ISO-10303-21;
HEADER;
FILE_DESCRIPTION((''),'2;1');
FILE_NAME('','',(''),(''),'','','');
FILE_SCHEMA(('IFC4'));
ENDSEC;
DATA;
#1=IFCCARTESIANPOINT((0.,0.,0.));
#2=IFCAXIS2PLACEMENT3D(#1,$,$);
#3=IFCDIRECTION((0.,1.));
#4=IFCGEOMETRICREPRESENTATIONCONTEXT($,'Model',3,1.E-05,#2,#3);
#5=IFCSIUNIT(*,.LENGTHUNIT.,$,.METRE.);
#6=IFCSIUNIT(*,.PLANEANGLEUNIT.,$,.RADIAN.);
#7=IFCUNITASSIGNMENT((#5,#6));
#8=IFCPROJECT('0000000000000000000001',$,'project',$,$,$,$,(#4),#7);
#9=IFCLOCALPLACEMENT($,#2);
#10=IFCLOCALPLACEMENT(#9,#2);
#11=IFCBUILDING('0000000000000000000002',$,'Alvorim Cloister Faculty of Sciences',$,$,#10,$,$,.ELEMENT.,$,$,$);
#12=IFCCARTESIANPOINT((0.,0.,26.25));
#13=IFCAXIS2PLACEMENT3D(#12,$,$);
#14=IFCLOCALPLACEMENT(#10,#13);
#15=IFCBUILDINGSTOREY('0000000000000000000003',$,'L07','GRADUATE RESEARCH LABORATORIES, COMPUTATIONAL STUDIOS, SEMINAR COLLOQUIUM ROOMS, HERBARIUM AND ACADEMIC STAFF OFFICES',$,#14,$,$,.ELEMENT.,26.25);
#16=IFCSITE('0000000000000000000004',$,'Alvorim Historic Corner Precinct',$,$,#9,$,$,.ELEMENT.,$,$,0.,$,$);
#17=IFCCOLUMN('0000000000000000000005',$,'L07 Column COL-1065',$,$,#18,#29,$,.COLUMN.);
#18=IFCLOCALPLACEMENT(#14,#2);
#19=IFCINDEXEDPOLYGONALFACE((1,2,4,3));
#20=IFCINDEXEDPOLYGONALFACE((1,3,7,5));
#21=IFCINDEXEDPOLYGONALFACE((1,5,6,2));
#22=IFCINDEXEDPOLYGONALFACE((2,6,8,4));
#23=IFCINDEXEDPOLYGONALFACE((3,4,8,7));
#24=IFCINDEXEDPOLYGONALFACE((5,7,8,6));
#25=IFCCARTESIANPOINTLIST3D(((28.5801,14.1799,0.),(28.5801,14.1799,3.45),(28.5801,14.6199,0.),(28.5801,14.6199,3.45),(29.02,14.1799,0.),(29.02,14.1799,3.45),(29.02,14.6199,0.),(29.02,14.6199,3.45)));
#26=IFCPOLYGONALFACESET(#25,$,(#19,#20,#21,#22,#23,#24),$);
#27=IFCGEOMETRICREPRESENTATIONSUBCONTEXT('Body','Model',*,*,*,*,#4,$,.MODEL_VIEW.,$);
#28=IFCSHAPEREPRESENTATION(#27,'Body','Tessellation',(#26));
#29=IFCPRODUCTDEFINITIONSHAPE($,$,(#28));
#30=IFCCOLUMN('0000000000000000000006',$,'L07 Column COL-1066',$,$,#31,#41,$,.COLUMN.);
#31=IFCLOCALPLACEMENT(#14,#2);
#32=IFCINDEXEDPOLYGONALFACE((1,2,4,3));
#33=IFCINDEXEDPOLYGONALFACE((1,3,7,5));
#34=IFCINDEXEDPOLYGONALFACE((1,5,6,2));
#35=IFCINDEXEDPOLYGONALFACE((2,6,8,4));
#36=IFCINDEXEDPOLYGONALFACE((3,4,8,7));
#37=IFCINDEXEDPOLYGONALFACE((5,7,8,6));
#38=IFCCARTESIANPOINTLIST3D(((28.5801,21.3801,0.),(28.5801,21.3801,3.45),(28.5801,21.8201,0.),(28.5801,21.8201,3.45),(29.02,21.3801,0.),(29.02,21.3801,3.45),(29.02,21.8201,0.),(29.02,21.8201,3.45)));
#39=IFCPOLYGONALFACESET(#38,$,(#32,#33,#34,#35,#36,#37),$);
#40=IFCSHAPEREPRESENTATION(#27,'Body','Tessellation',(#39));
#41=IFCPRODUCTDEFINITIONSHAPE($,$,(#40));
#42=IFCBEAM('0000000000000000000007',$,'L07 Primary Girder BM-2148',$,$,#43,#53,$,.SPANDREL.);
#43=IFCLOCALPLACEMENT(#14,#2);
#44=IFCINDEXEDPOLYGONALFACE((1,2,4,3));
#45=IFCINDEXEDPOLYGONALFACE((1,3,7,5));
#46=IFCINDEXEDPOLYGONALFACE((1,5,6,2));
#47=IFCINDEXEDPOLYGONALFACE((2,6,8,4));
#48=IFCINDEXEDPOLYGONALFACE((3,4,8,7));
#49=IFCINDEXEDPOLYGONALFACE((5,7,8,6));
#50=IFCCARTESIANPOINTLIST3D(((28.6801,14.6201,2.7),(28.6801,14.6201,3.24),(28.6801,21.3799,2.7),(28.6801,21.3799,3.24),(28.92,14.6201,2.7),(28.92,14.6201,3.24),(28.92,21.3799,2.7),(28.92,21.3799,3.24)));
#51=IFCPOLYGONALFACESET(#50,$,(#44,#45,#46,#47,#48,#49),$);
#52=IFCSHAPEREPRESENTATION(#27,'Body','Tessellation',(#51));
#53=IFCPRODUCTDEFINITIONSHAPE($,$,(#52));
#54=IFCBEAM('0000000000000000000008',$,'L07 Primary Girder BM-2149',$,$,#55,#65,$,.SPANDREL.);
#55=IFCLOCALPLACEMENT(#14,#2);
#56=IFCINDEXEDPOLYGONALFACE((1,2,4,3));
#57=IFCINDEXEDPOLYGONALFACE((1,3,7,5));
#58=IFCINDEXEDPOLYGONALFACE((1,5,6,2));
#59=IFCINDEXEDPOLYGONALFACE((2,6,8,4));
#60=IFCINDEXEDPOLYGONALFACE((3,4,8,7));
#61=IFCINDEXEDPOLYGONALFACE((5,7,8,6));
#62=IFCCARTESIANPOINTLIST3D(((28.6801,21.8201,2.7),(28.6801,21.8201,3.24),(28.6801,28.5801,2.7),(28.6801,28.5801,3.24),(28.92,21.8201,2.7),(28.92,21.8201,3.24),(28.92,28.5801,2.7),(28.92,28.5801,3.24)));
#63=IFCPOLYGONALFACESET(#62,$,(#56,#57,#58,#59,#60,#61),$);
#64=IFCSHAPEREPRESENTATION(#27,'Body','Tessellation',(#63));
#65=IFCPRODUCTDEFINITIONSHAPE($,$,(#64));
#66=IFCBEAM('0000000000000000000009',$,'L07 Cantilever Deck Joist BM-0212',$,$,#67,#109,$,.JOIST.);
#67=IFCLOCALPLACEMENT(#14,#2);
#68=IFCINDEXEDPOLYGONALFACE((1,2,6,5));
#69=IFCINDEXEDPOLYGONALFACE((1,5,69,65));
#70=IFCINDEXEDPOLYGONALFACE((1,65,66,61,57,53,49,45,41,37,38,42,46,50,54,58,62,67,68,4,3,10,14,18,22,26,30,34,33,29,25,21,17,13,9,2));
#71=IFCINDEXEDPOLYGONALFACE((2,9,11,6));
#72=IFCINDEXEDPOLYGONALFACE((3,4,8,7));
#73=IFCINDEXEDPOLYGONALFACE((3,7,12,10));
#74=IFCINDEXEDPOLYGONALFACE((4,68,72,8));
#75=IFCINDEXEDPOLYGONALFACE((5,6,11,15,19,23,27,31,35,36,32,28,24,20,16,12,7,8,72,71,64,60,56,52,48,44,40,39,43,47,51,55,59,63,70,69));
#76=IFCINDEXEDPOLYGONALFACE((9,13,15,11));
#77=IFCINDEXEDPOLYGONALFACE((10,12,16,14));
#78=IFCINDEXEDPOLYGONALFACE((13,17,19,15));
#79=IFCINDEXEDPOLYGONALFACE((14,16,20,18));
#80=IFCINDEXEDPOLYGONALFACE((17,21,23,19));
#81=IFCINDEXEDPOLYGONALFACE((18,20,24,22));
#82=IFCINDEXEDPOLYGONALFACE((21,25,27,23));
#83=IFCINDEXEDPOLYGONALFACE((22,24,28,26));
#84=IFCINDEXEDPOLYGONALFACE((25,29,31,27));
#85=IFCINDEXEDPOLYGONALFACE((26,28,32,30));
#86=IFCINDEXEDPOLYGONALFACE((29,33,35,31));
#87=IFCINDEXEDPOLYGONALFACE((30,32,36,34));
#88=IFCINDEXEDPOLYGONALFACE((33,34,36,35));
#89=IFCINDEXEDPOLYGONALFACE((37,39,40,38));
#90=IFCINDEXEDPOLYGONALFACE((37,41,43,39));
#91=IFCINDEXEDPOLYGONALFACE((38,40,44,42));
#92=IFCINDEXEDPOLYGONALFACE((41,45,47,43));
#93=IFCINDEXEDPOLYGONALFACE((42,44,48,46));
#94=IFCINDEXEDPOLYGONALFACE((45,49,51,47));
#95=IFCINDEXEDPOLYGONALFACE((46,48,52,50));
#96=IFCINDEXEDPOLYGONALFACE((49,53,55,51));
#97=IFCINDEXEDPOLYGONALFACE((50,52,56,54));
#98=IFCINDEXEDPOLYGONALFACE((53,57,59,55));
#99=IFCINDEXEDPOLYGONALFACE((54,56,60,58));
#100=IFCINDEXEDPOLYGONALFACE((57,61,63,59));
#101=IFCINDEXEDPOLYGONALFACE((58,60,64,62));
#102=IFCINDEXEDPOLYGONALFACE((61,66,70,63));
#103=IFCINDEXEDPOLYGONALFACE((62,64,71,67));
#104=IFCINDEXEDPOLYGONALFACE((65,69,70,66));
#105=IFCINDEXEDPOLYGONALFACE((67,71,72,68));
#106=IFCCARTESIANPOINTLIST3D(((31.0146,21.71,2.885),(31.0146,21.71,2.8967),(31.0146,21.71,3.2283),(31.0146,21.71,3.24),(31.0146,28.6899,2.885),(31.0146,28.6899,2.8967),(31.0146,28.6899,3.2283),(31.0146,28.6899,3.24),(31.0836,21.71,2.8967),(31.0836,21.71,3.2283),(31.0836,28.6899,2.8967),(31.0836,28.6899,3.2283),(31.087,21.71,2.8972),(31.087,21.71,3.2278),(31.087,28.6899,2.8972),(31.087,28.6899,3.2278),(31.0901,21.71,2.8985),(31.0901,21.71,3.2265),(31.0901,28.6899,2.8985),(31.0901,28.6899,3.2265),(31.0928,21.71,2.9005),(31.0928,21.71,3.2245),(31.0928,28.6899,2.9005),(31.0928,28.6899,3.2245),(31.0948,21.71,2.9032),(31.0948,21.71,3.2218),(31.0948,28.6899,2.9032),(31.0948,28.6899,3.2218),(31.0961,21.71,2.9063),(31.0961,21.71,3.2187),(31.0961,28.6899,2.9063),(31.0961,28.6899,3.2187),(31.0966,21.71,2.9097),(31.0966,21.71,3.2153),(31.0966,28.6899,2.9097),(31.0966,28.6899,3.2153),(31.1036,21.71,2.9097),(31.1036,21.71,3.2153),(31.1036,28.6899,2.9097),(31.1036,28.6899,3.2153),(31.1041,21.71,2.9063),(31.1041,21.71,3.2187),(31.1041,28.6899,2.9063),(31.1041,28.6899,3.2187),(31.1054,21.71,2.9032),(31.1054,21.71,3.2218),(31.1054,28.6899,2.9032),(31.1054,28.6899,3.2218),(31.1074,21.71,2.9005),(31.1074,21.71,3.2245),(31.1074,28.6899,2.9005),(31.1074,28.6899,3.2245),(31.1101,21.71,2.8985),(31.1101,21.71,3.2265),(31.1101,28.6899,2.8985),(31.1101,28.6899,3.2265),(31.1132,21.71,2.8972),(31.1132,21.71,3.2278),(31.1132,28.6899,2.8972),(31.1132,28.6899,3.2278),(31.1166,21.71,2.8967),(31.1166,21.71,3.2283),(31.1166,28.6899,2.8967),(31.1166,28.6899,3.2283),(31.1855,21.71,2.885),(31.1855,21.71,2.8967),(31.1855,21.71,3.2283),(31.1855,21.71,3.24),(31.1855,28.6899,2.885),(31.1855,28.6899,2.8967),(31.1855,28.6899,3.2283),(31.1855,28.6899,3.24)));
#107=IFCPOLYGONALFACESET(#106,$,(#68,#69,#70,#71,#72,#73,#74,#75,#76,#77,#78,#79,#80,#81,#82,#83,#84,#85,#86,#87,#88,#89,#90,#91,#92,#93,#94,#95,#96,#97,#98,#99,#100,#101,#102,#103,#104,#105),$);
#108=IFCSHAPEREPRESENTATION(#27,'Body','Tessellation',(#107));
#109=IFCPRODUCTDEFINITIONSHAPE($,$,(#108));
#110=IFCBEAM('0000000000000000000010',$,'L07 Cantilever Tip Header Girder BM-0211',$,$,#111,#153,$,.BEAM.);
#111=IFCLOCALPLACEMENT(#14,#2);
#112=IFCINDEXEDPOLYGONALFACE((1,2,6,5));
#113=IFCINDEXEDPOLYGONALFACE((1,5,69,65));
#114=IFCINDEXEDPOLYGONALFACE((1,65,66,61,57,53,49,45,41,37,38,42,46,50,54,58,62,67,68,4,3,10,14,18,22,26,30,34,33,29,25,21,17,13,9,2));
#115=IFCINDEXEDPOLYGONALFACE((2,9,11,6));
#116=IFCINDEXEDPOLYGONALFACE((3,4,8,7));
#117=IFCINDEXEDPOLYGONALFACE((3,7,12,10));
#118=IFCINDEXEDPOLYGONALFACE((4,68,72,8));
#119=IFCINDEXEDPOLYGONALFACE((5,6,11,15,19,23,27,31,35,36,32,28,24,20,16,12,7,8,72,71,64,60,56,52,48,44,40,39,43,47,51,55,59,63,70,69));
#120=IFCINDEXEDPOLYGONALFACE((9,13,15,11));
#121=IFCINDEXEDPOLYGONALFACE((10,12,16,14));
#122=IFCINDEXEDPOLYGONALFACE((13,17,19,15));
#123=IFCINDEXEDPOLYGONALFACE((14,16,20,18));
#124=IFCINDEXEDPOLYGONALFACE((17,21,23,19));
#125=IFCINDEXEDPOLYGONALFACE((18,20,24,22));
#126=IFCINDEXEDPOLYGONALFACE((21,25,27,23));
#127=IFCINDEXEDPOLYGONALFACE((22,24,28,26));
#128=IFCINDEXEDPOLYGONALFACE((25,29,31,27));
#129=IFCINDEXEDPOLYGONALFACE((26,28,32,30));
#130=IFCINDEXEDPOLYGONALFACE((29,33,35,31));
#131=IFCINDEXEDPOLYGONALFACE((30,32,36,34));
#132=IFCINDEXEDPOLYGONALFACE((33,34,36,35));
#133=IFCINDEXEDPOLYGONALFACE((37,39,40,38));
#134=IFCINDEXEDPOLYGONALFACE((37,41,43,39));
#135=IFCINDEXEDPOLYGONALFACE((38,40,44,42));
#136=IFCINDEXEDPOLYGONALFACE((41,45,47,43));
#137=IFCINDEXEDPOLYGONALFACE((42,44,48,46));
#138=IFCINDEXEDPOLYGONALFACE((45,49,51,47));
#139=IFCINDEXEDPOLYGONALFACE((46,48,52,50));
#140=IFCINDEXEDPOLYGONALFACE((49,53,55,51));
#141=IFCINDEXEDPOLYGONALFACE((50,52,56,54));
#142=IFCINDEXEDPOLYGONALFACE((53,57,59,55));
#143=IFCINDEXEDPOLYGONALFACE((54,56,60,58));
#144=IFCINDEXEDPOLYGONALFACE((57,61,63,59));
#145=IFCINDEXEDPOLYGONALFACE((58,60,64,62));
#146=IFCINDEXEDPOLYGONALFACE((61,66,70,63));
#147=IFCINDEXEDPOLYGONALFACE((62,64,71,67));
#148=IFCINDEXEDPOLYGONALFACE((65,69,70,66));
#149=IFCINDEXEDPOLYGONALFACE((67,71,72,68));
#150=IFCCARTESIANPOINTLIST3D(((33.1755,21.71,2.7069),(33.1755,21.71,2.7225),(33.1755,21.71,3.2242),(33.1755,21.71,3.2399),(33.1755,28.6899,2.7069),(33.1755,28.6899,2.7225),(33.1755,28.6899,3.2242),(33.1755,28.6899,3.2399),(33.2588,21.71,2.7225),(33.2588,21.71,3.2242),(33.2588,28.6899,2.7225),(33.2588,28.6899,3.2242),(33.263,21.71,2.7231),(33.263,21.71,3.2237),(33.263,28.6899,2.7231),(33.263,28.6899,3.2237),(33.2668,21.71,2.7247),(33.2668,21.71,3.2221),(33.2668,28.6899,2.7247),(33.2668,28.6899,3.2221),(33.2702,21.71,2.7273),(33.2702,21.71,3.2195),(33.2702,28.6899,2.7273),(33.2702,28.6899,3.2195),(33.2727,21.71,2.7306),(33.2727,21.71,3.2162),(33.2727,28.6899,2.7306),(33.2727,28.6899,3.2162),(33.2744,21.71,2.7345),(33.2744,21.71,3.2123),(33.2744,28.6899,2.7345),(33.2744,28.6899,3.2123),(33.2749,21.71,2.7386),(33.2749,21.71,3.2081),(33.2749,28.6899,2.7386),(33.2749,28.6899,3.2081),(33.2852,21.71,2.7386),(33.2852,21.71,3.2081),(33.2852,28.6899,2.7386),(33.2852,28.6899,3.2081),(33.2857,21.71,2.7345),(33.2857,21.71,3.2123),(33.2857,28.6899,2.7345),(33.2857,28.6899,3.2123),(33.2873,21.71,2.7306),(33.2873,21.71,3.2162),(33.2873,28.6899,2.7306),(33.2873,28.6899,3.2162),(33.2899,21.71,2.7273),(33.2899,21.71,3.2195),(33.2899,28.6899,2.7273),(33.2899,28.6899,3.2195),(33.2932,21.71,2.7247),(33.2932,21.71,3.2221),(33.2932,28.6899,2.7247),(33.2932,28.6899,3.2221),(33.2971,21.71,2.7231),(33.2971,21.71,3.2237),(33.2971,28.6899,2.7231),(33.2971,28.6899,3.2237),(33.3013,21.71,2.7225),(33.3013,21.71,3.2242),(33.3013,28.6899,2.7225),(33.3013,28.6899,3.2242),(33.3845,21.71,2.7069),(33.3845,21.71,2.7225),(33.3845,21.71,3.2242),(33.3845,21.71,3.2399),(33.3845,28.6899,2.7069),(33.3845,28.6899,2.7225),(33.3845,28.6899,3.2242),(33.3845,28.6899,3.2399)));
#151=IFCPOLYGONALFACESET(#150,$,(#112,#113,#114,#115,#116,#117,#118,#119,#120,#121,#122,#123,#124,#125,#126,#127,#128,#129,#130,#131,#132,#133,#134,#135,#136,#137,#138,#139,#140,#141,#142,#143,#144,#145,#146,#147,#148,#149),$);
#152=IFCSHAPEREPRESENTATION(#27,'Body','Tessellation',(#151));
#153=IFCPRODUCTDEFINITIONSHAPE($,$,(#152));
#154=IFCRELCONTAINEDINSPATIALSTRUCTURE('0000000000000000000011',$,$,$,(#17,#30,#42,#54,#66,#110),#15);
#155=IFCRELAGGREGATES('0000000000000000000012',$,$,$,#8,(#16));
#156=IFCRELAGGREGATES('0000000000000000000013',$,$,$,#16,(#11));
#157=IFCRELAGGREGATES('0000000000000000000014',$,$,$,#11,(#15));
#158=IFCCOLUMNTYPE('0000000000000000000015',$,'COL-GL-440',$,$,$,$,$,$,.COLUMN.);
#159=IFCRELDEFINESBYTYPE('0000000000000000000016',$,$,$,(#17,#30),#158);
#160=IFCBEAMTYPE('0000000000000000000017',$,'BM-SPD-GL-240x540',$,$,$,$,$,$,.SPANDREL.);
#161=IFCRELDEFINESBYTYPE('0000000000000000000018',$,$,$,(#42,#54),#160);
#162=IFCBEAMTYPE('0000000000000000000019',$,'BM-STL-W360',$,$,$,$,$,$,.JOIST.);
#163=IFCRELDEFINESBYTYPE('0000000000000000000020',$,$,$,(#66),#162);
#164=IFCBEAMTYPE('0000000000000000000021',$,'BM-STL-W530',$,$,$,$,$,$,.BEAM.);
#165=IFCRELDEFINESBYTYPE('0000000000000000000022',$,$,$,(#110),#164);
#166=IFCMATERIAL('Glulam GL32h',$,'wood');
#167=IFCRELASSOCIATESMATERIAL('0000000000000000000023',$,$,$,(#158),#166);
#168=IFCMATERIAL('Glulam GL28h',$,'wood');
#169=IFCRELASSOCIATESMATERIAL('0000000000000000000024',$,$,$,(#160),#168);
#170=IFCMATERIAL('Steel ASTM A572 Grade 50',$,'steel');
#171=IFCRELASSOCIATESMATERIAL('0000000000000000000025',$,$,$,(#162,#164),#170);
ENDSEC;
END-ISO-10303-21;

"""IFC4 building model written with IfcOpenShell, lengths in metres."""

from ifc_helpers import new_model, si_unit, direction, frame, origin, origin_2d, place, context, subcontext, project, spatial, rectangle, i_section, extrude, material, material_profile, profile_set, type_object, element, save


model = new_model("IFC4")

# Units and contexts
model_context = context("Model", 3, precision=1e-05, world=origin(), true_north=direction((0.0, 1.0)))
body_context = subcontext(model_context, "Body", "Model", "MODEL_VIEW")
ifc_project = project(units=[si_unit("LENGTHUNIT", "METRE"), si_unit("PLANEANGLEUNIT", "RADIAN")], contexts=[model_context])

# Site, building, storey
site_placement = place(None, origin())
site = spatial("IfcSite", under=ifc_project, at=site_placement, Name="Alvorim Historic Corner Precinct", CompositionType="ELEMENT", RefElevation=0.0)
building_placement = place(site_placement, origin())
building = spatial("IfcBuilding", under=site, at=building_placement, Name="Alvorim Cloister Faculty of Sciences", CompositionType="ELEMENT")
storey_placement = place(building_placement, frame((0.0, 0.0, 26.25)))
storey = spatial("IfcBuildingStorey", under=building, at=storey_placement, Name="L07", Description="GRADUATE RESEARCH LABORATORIES, COMPUTATIONAL STUDIOS, SEMINAR COLLOQUIUM ROOMS, HERBARIUM AND ACADEMIC STAFF OFFICES", CompositionType="ELEMENT", Elevation=26.25)

# Columns
ifc_material_1 = material(Name="Glulam GL32h", Category="wood")
ifc_material_profile_1 = material_profile(ifc_material_1, rectangle(XDim=0.4399, YDim=0.4399, at=origin_2d()), Name="GL32-COL-440x440")
ifc_profile_set_1 = profile_set([ifc_material_profile_1], Name="Glulam GL32h")
column_type = type_object("IfcColumnType", Name="COL-GL-440", PredefinedType="COLUMN", material=ifc_profile_set_1)
for number, where, z_axis, x_axis, name in (
    (1, (28.8, 14.3999, 0.0), (0.0, 0.0, 1.0), (1.0, 0.0, 0.0), "L07 Column COL-1065"),
    (2, (28.8, 21.6001, 0.0), (0.0, 0.0, 1.0), (1.0, 0.0, 0.0), "L07 Column COL-1066"),
):
    element("IfcColumn", number, at=place(storey_placement, frame(where, z_axis=z_axis, x_axis=x_axis)), inside=storey, type_object=column_type, Name=name, PredefinedType="COLUMN", context=body_context, shape_type="SweptSolid", body=[
        extrude(rectangle(XDim=0.4399, YDim=0.4399, at=origin_2d()), origin(), (0.0, 0.0, 1.0), 3.45),
    ])

# Beams
ifc_material_2 = material(Name="Glulam GL28h", Category="wood")
ifc_material_profile_2 = material_profile(ifc_material_2, rectangle(XDim=0.24, YDim=0.54, at=origin_2d()), Name="GL28-SPD-240x540")
ifc_profile_set_2 = profile_set([ifc_material_profile_2], Name="Glulam GL28h")
beam_type_1 = type_object("IfcBeamType", Name="BM-SPD-GL-240x540", PredefinedType="SPANDREL", material=ifc_profile_set_2)
beam_1_placement = place(storey_placement, frame((28.8, 14.6201, 2.97), z_axis=(0.0, 1.0, 0.0), x_axis=(-1.0, 0.0, 0.0)))
element("IfcBeam", 3, at=beam_1_placement, inside=storey, type_object=beam_type_1, Name="L07 Primary Girder BM-2148", PredefinedType="SPANDREL", context=body_context, shape_type="SweptSolid", body=[
    extrude(rectangle(XDim=0.24, YDim=0.54, at=origin_2d()), origin(), (0.0, 0.0, 1.0), 6.7598),
])
beam_2_placement = place(storey_placement, frame((28.8, 21.8201, 2.97), z_axis=(0.0, 1.0, 0.0), x_axis=(-1.0, 0.0, 0.0)))
element("IfcBeam", 4, at=beam_2_placement, inside=storey, type_object=beam_type_1, Name="L07 Primary Girder BM-2149", PredefinedType="SPANDREL", context=body_context, shape_type="SweptSolid", body=[
    extrude(rectangle(XDim=0.24, YDim=0.54, at=origin_2d()), origin(), (0.0, 0.0, 1.0), 6.76),
])
ifc_material_3 = material(Name="Steel ASTM A572 Grade 50", Category="steel")
ifc_material_profile_3 = material_profile(ifc_material_3, i_section(OverallWidth=0.1709, OverallDepth=0.355, WebThickness=0.0071, FlangeThickness=0.0117, FilletRadius=0.0129, at=origin_2d()), Name="W360x51.0")
ifc_profile_set_3 = profile_set([ifc_material_profile_3], Name="Steel ASTM A572 Grade 50")
beam_type_2 = type_object("IfcBeamType", Name="BM-STL-W360", PredefinedType="JOIST", material=ifc_profile_set_3)
beam_3_placement = place(storey_placement, frame((31.1001, 21.71, 3.0625), z_axis=(0.0, 1.0, 0.0), x_axis=(-1.0, 0.0, 0.0)))
element("IfcBeam", 5, at=beam_3_placement, inside=storey, type_object=beam_type_2, Name="L07 Cantilever Deck Joist BM-0212", PredefinedType="JOIST", context=body_context, shape_type="SweptSolid", body=[
    extrude(i_section(OverallWidth=0.1709, OverallDepth=0.355, WebThickness=0.0071, FlangeThickness=0.0117, FilletRadius=0.0129, at=origin_2d()), origin(), (0.0, 0.0, 1.0), 6.98),
])
ifc_material_profile_4 = material_profile(ifc_material_3, i_section(OverallWidth=0.209, OverallDepth=0.533, WebThickness=0.0103, FlangeThickness=0.0156, FilletRadius=0.0161, at=origin_2d()), Name="W530x92.0")
ifc_profile_set_4 = profile_set([ifc_material_profile_4], Name="Steel ASTM A572 Grade 50")
beam_type_3 = type_object("IfcBeamType", Name="BM-STL-W530", PredefinedType="BEAM", material=ifc_profile_set_4)
beam_4_placement = place(storey_placement, frame((33.28, 21.71, 2.9734), z_axis=(0.0, 1.0, 0.0), x_axis=(-1.0, 0.0, 0.0)))
element("IfcBeam", 6, at=beam_4_placement, inside=storey, type_object=beam_type_3, Name="L07 Cantilever Tip Header Girder BM-0211", PredefinedType="BEAM", context=body_context, shape_type="SweptSolid", body=[
    extrude(i_section(OverallWidth=0.209, OverallDepth=0.533, WebThickness=0.0103, FlangeThickness=0.0156, FilletRadius=0.0161, at=origin_2d()), origin(), (0.0, 0.0, 1.0), 6.98),
])

save(model, "model.ifc")
